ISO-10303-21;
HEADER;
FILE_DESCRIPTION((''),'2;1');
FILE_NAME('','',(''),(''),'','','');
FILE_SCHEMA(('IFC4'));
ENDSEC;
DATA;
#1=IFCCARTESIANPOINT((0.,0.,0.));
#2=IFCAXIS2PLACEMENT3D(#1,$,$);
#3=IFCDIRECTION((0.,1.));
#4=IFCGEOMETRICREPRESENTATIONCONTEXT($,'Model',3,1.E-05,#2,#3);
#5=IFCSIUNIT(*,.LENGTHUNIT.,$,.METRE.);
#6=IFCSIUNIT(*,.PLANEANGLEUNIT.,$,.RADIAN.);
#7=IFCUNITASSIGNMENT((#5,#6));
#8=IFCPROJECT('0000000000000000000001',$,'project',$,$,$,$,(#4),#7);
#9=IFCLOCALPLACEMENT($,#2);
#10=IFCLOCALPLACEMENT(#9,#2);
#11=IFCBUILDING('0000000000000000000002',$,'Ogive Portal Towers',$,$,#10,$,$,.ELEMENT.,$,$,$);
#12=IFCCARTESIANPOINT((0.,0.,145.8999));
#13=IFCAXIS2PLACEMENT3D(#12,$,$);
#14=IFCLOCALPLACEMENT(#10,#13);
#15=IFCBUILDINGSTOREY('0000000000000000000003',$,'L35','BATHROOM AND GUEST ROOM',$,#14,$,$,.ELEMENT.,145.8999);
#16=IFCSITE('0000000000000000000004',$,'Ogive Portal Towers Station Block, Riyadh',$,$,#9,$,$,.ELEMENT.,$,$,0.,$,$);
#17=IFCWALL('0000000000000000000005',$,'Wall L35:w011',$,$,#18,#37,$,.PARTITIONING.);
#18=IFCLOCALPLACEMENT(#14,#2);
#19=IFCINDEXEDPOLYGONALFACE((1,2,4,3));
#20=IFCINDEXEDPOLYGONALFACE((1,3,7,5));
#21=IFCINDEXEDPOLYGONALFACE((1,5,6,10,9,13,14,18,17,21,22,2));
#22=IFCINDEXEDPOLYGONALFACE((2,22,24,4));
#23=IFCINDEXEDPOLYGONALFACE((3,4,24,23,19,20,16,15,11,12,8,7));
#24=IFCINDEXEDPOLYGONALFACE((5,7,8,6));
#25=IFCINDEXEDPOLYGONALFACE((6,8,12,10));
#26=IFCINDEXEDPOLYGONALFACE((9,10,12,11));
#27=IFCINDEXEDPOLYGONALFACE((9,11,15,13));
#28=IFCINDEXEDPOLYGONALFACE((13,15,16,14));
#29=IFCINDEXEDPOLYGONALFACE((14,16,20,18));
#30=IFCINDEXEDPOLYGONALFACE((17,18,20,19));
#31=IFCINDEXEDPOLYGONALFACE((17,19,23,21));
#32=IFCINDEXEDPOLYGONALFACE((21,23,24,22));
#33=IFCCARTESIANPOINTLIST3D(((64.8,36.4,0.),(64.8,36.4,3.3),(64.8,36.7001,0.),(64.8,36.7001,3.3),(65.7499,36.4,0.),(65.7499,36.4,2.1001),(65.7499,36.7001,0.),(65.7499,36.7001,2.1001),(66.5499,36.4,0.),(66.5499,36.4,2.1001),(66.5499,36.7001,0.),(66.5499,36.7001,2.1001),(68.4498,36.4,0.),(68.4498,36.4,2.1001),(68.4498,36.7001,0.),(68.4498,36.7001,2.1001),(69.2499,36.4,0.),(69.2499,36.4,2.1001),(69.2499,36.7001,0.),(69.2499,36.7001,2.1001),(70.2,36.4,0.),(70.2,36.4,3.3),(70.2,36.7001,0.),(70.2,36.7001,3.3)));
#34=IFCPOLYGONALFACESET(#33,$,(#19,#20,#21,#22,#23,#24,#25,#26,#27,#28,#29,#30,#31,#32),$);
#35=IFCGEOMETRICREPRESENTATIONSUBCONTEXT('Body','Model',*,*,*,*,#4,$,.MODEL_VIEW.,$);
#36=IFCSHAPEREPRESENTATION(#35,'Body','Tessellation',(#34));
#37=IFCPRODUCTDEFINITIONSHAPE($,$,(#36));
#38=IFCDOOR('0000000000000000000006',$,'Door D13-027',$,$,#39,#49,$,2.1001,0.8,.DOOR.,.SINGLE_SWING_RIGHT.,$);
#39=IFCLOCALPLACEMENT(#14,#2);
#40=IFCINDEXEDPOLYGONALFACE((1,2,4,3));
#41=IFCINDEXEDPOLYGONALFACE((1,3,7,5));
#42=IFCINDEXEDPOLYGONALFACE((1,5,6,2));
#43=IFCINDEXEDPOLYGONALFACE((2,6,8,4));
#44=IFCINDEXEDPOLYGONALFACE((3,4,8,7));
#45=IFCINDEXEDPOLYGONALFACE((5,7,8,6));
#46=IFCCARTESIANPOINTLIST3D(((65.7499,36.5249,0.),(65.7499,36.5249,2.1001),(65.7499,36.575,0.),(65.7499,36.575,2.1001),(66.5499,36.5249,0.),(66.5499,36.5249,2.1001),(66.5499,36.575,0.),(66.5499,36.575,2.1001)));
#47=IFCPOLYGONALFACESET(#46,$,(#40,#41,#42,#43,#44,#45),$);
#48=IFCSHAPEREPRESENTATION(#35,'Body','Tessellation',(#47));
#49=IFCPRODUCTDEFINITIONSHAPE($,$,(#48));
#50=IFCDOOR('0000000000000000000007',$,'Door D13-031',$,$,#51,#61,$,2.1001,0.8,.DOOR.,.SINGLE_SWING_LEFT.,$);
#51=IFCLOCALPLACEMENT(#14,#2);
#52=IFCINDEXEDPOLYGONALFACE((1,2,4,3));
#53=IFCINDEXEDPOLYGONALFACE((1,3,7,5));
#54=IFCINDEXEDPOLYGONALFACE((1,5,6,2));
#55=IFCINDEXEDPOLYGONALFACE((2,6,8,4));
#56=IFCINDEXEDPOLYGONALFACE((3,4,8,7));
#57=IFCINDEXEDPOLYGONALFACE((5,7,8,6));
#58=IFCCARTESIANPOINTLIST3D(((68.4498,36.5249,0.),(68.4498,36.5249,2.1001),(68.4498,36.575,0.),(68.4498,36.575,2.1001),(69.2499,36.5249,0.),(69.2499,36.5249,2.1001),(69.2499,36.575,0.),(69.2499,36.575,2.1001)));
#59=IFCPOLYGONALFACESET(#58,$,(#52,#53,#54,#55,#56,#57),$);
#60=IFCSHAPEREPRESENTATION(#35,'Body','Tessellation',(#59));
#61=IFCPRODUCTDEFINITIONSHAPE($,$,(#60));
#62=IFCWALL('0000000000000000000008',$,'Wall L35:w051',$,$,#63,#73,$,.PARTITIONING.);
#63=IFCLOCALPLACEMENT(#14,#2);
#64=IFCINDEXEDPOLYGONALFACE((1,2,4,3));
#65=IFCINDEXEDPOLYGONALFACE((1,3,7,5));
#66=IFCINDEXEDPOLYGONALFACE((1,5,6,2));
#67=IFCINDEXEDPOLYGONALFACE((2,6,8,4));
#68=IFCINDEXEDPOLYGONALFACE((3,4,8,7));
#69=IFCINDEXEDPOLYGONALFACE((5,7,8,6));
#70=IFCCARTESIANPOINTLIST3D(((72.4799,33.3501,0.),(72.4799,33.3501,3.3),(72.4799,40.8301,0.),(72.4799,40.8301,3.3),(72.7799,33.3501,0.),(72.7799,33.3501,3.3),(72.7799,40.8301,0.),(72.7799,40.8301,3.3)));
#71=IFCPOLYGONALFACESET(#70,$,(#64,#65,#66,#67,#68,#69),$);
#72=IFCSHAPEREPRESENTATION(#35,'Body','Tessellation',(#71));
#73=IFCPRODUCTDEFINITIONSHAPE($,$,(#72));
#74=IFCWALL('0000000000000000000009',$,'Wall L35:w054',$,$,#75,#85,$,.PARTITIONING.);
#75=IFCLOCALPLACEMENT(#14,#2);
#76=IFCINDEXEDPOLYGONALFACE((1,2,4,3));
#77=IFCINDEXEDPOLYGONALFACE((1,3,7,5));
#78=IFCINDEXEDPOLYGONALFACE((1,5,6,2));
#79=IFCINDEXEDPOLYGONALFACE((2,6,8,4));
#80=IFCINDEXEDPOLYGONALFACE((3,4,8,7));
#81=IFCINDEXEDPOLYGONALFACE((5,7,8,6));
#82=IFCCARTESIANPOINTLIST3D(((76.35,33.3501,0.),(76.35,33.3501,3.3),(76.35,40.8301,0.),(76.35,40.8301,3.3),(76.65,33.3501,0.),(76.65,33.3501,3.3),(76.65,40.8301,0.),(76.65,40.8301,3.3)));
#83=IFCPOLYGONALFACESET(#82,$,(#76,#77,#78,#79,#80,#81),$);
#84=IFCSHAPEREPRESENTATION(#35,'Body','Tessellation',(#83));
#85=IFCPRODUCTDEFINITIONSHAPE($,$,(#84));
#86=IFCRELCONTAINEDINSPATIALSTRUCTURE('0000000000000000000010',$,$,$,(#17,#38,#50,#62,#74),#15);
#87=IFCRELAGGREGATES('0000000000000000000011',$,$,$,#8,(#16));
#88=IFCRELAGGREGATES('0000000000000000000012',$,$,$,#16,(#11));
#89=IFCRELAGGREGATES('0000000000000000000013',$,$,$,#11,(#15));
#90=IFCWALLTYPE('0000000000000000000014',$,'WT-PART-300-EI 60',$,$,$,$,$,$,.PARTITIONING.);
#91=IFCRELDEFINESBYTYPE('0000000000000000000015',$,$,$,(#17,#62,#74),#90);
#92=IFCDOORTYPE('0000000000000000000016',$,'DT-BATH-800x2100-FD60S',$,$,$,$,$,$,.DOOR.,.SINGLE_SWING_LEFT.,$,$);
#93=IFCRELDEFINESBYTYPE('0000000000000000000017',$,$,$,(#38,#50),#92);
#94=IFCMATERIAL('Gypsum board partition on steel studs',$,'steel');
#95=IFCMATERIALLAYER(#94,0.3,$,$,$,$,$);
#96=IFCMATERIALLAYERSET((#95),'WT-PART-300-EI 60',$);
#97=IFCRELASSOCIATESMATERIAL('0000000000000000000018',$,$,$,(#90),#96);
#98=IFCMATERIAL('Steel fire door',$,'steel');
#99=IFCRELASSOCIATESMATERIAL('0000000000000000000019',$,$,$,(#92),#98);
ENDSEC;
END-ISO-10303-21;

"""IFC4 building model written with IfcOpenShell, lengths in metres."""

from ifc_helpers import new_model, si_unit, direction, frame, frame_2d, origin, place, context, subcontext, project, spatial, rectangle, extrude, material, layer, layer_set, type_object, element, fill, save


model = new_model("IFC4")

# Units and contexts
model_context = context("Model", 3, precision=1e-05, world=origin(), true_north=direction((0.0, 1.0)))
body_context = subcontext(model_context, "Body", "Model", "MODEL_VIEW")
ifc_project = project(units=[si_unit("LENGTHUNIT", "METRE"), si_unit("PLANEANGLEUNIT", "RADIAN")], contexts=[model_context])

# Site, building, storey
site_placement = place(None, origin())
site = spatial("IfcSite", under=ifc_project, at=site_placement, Name="Ogive Portal Towers Station Block, Riyadh", CompositionType="ELEMENT", RefElevation=0.0)
building_placement = place(site_placement, origin())
building = spatial("IfcBuilding", under=site, at=building_placement, Name="Ogive Portal Towers", CompositionType="ELEMENT")
storey_placement = place(building_placement, frame((0.0, 0.0, 145.8999)))
storey = spatial("IfcBuildingStorey", under=building, at=storey_placement, Name="L35", Description="BATHROOM AND GUEST ROOM", CompositionType="ELEMENT", Elevation=145.8999)

# Wall, openings, doors
ifc_material_1 = material(Name="Gypsum board partition on steel studs", Category="steel")
ifc_layer_1 = layer(ifc_material_1, 0.3)
ifc_layer_set_1 = layer_set([ifc_layer_1], Name="WT-PART-300-EI 60")
wall_type_1 = type_object("IfcWallType", Name="WT-PART-300-EI 60", PredefinedType="PARTITIONING", material=ifc_layer_set_1)
wall_1_placement = place(storey_placement, frame((64.8, 36.55, 0.0), z_axis=(0.0, 0.0, 1.0), x_axis=(1.0, 0.0, 0.0)))
wall_1 = element("IfcWall", 1, at=wall_1_placement, inside=storey, type_object=wall_type_1, Name="Wall L35:w011", PredefinedType="PARTITIONING", context=body_context, shape_type="SweptSolid", body=[
    extrude(rectangle(XDim=5.3999, YDim=0.3, at=frame_2d((2.7, 0.0))), origin(), (0.0, 0.0, 1.0), 3.3),
])
opening_1_placement = place(wall_1_placement, frame((0.95, 0.0, 0.0)))
opening_1 = element("IfcOpeningElement", 2, at=opening_1_placement, cuts=wall_1, PredefinedType="OPENING", context=body_context, shape_type="SweptSolid", body=[
    extrude(rectangle(XDim=0.8, YDim=2.1001, at=frame_2d((0.3999, 1.05))), frame((0.0, 0.1602, 0.0), z_axis=(0.0, -1.0, 0.0), x_axis=(1.0, 0.0, 0.0)), (0.0, 0.0, 1.0), 0.3201),
])
opening_2_placement = place(wall_1_placement, frame((3.6499, 0.0, 0.0)))
opening_2 = element("IfcOpeningElement", 3, at=opening_2_placement, cuts=wall_1, PredefinedType="OPENING", context=body_context, shape_type="SweptSolid", body=[
    extrude(rectangle(XDim=0.8, YDim=2.1001, at=frame_2d((0.3999, 1.05))), frame((0.0, 0.1602, 0.0), z_axis=(0.0, -1.0, 0.0), x_axis=(1.0, 0.0, 0.0)), (0.0, 0.0, 1.0), 0.3201),
])
ifc_material_2 = material(Name="Steel fire door", Category="steel")
door_type_1 = type_object("IfcDoorType", Name="DT-BATH-800x2100-FD60S", OperationType="SINGLE_SWING_LEFT", PredefinedType="DOOR", material=ifc_material_2)
door_1_placement = place(opening_1_placement, origin())
door_1 = element("IfcDoor", 4, at=door_1_placement, inside=storey, type_object=door_type_1, Name="Door D13-027", OperationType="SINGLE_SWING_RIGHT", OverallHeight=2.1001, OverallWidth=0.8, PredefinedType="DOOR", context=body_context, shape_type="SweptSolid", body=[
    extrude(rectangle(XDim=0.8, YDim=2.1001, at=frame_2d((0.3999, 1.05))), frame((0.0, 0.0249, 0.0), z_axis=(0.0, -1.0, 0.0), x_axis=(1.0, 0.0, 0.0)), (0.0, 0.0, 1.0), 0.05),
])
fill(opening_1, door_1)
door_2_placement = place(opening_2_placement, origin())
door_2 = element("IfcDoor", 5, at=door_2_placement, inside=storey, type_object=door_type_1, Name="Door D13-031", OperationType="SINGLE_SWING_LEFT", OverallHeight=2.1001, OverallWidth=0.8, PredefinedType="DOOR", context=body_context, shape_type="SweptSolid", body=[
    extrude(rectangle(XDim=0.8, YDim=2.1001, at=frame_2d((0.3999, 1.05))), frame((0.0, 0.0249, 0.0), z_axis=(0.0, -1.0, 0.0), x_axis=(1.0, 0.0, 0.0)), (0.0, 0.0, 1.0), 0.05),
])
fill(opening_2, door_2)

# Walls
for number, where, z_axis, x_axis, name in (
    (6, (72.6299, 33.3501, 0.0), (0.0, 0.0, 1.0), (0.0, 1.0, 0.0), "Wall L35:w051"),
    (7, (76.5, 33.3501, 0.0), (0.0, 0.0, 1.0), (0.0, 1.0, 0.0), "Wall L35:w054"),
):
    element("IfcWall", number, at=place(storey_placement, frame(where, z_axis=z_axis, x_axis=x_axis)), inside=storey, type_object=wall_type_1, Name=name, PredefinedType="PARTITIONING", context=body_context, shape_type="SweptSolid", body=[
        extrude(rectangle(XDim=7.48, YDim=0.3, at=frame_2d((3.74, 0.0))), origin(), (0.0, 0.0, 1.0), 3.3),
    ])

save(model, "model.ifc")
